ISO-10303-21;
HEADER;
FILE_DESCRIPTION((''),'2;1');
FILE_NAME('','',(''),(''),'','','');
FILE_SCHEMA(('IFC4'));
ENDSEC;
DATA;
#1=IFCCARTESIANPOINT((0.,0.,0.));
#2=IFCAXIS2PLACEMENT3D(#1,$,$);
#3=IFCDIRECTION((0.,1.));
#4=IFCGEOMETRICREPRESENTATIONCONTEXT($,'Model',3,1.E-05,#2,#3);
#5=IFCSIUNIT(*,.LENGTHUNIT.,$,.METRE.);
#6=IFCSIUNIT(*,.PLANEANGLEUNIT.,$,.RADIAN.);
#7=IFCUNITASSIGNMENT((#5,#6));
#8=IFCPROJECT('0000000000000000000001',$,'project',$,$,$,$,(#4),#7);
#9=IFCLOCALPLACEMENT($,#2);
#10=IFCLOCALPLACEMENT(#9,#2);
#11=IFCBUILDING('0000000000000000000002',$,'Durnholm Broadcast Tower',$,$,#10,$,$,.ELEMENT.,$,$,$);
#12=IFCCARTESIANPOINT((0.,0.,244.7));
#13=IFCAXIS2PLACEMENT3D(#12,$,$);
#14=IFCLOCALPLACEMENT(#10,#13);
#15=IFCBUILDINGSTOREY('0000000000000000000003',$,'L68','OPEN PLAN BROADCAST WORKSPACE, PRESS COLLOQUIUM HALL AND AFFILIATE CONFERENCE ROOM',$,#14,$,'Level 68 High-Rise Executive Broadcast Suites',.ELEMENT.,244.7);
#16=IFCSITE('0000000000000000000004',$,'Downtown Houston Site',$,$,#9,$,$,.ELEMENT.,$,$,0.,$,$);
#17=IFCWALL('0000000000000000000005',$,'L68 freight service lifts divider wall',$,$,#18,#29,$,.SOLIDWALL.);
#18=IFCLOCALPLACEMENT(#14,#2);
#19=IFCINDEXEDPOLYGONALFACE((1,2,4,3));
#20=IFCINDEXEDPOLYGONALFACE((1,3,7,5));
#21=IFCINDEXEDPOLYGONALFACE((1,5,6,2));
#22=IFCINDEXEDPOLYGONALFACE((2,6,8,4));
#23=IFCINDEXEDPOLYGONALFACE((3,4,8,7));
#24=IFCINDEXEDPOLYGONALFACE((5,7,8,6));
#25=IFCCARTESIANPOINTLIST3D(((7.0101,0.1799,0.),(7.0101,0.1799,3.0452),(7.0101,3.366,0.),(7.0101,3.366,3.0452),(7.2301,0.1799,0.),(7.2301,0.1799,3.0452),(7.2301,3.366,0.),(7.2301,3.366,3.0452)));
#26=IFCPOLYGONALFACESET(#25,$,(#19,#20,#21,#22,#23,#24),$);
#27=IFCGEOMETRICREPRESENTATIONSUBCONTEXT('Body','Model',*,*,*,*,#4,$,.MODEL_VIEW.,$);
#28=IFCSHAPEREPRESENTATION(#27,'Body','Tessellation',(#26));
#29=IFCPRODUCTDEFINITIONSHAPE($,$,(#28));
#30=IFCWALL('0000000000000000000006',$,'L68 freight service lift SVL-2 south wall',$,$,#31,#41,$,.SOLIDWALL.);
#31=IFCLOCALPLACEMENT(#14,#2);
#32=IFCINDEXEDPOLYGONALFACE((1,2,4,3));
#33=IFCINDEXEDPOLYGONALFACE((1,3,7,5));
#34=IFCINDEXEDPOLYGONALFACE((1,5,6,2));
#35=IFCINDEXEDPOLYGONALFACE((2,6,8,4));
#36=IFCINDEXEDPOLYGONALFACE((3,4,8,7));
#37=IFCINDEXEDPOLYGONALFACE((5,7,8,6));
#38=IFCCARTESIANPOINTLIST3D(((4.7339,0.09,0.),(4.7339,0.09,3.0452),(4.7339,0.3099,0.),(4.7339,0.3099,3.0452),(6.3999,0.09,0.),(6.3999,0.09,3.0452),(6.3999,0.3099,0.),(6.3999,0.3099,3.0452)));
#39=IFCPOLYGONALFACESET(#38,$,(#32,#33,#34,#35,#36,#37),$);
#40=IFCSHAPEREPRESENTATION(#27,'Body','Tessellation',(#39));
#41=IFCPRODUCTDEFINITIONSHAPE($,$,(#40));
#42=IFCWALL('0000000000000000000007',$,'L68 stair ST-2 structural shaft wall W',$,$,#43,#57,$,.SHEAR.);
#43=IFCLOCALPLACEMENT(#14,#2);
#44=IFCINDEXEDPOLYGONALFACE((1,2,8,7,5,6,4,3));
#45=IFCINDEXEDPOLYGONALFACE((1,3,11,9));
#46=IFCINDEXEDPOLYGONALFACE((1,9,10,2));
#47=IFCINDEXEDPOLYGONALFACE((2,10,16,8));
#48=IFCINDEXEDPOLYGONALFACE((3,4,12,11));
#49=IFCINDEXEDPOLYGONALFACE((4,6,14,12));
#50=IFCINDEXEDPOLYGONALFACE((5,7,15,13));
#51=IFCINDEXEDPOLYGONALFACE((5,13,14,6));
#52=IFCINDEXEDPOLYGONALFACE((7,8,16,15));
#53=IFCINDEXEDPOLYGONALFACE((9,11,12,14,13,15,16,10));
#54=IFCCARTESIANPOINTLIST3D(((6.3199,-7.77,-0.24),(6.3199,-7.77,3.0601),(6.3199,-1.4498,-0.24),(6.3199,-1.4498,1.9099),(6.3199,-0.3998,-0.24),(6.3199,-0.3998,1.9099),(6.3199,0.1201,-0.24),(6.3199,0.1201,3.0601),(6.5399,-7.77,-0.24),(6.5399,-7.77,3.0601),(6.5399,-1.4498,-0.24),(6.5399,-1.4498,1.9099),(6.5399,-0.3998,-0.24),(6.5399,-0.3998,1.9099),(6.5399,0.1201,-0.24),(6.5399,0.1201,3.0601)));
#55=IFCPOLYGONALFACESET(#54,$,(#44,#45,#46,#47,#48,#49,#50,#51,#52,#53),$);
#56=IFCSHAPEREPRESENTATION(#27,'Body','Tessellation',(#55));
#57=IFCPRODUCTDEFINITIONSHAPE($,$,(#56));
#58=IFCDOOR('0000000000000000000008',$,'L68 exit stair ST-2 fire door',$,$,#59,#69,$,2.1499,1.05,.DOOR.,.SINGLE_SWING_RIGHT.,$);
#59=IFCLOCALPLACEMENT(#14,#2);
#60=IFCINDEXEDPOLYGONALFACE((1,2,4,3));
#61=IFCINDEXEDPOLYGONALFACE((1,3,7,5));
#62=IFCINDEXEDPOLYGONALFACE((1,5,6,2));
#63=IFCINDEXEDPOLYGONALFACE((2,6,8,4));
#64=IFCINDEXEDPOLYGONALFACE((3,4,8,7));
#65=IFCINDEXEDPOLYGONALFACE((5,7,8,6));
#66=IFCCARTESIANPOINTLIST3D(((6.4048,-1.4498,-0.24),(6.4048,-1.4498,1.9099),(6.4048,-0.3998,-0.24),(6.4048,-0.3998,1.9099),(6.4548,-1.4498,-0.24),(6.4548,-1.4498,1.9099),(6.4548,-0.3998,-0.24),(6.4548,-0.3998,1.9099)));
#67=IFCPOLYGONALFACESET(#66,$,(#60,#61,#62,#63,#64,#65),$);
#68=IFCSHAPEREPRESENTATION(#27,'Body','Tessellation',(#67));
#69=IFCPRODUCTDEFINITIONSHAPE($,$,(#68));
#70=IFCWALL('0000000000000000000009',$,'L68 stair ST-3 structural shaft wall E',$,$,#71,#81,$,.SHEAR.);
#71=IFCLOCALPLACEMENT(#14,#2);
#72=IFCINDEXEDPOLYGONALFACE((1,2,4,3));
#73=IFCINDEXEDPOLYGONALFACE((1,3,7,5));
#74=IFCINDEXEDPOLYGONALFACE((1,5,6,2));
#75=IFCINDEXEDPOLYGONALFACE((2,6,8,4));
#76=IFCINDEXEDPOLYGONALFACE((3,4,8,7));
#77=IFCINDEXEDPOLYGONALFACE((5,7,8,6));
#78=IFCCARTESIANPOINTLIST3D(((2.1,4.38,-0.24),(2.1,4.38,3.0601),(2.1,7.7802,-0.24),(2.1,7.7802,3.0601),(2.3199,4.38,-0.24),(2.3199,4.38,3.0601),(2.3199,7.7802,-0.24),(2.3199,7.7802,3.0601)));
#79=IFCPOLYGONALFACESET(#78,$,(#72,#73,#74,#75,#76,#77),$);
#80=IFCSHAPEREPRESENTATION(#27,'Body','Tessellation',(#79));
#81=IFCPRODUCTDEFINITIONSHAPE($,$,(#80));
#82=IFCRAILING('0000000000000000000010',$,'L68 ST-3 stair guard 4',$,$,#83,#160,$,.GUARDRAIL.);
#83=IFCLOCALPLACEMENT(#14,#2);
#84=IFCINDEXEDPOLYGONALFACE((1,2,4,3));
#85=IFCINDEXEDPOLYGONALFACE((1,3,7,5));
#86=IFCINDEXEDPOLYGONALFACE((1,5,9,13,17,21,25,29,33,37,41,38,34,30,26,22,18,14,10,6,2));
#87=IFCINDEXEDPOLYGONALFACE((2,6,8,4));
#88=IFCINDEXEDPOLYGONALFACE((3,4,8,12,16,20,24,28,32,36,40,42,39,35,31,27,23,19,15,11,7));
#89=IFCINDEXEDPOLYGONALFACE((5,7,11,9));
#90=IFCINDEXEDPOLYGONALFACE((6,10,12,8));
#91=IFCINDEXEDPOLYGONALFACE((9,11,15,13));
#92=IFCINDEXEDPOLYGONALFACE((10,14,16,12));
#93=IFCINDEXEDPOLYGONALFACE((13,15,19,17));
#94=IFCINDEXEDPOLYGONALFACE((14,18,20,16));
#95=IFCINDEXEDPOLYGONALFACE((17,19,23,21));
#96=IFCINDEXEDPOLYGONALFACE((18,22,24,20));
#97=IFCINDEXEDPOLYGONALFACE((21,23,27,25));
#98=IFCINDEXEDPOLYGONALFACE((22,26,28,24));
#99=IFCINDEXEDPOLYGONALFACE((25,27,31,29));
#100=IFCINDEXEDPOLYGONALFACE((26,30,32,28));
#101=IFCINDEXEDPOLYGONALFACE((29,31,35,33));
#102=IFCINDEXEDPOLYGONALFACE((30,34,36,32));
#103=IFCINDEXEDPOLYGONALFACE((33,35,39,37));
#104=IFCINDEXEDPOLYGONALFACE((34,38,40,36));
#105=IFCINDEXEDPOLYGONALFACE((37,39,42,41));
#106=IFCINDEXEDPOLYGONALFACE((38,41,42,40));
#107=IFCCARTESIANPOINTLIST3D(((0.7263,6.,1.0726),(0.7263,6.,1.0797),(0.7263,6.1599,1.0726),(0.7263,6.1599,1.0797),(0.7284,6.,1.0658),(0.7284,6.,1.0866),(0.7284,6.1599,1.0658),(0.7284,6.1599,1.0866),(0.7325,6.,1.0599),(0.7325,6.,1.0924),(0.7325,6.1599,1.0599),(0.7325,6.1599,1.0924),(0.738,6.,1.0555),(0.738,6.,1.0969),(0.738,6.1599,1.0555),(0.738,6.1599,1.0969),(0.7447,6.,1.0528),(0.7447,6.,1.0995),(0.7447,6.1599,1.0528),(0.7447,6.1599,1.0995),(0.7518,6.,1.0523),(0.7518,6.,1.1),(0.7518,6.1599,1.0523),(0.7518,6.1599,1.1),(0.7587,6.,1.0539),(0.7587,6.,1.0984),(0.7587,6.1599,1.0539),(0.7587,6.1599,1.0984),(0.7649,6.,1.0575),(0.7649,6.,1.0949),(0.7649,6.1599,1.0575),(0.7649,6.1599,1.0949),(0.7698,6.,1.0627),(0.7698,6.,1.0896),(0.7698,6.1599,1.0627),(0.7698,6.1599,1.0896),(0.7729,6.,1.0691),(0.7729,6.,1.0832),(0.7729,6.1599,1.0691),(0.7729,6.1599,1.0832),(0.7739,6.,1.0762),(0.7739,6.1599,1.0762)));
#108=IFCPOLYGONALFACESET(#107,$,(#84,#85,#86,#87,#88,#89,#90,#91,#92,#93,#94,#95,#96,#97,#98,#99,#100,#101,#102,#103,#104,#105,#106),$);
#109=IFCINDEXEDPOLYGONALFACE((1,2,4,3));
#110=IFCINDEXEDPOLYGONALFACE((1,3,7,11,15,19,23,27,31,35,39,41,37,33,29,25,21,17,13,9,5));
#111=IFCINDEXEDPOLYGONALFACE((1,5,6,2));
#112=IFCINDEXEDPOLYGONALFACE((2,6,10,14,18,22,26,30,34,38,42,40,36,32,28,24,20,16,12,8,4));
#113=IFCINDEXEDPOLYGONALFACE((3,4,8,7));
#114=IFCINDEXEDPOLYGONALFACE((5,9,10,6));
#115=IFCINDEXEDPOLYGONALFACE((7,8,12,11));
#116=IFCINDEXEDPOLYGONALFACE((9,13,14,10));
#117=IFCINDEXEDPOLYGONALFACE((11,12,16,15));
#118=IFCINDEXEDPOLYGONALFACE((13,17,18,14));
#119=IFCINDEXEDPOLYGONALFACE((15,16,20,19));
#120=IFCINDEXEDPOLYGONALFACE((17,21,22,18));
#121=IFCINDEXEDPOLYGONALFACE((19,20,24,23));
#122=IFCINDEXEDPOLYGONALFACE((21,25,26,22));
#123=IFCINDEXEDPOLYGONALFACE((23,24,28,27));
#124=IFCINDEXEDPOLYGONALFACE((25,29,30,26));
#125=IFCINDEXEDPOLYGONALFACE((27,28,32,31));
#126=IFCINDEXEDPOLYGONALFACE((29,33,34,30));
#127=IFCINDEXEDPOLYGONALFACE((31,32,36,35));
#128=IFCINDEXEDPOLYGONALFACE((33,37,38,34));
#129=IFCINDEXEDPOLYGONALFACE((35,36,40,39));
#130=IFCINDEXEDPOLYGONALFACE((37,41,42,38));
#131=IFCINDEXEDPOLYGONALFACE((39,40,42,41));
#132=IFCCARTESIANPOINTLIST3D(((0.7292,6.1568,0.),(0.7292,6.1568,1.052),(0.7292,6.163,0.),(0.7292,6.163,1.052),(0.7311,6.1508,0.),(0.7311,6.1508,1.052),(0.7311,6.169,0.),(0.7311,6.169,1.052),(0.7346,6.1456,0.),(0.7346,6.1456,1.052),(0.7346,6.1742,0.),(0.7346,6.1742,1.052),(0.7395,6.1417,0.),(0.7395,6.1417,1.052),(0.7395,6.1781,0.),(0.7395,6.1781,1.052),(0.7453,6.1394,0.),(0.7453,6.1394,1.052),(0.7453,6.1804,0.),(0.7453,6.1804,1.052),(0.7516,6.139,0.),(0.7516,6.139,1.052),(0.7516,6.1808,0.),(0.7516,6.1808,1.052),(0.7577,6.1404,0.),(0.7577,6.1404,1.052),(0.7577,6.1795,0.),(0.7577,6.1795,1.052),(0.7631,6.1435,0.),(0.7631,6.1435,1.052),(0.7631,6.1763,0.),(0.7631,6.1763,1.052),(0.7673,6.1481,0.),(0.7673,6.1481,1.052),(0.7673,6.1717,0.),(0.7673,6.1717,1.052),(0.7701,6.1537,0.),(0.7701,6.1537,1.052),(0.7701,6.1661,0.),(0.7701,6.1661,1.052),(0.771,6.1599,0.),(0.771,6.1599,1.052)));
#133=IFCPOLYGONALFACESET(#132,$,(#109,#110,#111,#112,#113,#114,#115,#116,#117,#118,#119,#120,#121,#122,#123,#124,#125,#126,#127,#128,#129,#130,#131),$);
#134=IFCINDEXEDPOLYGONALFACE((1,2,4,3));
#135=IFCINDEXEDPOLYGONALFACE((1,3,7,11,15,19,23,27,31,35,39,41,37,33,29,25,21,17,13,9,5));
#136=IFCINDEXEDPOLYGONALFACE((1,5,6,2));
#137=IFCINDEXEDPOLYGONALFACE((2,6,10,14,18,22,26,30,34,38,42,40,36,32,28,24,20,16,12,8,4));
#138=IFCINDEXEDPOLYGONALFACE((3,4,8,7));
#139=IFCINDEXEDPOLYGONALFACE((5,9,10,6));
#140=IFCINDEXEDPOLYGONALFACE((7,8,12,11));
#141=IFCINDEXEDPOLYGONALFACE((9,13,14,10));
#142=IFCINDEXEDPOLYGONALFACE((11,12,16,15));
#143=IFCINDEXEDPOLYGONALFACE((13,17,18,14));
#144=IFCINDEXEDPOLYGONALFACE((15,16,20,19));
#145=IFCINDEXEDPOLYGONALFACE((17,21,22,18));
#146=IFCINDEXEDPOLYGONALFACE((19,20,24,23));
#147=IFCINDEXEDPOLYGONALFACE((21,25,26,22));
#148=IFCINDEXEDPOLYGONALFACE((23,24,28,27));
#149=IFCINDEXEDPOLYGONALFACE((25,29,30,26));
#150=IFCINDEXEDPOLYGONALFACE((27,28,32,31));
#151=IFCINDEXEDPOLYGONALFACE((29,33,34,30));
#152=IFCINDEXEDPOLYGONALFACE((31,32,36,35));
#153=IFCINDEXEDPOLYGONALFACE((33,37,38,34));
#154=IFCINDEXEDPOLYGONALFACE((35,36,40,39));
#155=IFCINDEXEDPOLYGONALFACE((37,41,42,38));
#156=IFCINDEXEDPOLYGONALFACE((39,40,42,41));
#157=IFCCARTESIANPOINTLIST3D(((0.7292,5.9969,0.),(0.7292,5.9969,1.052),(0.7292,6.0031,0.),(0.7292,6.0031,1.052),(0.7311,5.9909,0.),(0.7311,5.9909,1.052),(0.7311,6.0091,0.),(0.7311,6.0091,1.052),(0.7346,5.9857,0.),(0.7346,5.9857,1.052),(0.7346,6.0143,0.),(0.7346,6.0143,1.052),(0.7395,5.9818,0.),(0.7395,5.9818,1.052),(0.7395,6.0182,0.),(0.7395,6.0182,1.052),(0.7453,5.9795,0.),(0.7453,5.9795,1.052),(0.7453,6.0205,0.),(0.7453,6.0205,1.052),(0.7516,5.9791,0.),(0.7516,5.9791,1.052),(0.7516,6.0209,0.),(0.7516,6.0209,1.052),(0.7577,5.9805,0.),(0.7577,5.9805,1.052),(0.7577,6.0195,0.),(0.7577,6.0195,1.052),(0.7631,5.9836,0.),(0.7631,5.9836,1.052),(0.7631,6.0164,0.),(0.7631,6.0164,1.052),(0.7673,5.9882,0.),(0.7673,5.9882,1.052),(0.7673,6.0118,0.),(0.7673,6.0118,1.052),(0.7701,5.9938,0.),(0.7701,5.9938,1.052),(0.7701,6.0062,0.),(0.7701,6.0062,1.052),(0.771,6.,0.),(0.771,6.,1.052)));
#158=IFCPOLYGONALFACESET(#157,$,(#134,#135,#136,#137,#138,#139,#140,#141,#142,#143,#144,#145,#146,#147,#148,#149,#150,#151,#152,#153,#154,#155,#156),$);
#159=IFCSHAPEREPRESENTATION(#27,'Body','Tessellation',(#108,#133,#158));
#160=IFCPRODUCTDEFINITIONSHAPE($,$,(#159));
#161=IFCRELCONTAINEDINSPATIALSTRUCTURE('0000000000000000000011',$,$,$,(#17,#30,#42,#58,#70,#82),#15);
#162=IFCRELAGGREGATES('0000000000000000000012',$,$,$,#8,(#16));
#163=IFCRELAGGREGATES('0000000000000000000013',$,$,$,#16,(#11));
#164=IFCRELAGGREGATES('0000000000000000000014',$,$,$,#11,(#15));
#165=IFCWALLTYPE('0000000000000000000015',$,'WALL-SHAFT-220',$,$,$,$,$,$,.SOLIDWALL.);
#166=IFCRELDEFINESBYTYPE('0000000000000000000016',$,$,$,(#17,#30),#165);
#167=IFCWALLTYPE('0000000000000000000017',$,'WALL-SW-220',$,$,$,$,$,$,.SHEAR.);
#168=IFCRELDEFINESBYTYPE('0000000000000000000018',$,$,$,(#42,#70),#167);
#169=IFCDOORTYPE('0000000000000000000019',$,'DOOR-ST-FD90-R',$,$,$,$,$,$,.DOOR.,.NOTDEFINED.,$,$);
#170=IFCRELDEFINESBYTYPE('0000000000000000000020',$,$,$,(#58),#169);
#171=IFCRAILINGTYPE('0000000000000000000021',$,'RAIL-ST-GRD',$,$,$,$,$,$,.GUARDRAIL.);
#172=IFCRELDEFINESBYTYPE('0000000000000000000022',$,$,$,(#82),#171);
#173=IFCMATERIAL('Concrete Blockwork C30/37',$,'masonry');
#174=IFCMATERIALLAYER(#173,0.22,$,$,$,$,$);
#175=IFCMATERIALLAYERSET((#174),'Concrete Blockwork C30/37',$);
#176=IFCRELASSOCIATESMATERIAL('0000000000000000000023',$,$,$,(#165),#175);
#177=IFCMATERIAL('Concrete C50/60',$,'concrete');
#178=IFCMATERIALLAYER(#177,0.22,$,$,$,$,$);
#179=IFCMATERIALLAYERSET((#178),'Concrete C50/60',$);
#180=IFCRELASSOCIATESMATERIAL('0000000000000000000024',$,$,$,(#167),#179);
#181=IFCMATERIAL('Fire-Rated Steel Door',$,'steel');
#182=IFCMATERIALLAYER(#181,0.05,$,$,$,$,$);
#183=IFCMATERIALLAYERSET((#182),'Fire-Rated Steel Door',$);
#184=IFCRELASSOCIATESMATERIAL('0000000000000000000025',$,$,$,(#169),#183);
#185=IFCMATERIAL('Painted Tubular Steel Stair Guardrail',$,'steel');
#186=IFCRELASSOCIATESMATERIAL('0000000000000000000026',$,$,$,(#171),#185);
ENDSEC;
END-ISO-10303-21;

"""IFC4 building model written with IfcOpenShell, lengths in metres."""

from ifc_helpers import new_model, si_unit, direction, frame, frame_2d, origin, origin_2d, place, context, subcontext, project, spatial, rectangle, circle, extrude, source, transform, mapped, material, layer, layer_set, type_object, type_shapes, element, fill, save


model = new_model("IFC4")

# Units and contexts
model_context = context("Model", 3, precision=1e-05, world=origin(), true_north=direction((0.0, 1.0)))
body_context = subcontext(model_context, "Body", "Model", "MODEL_VIEW")
ifc_project = project(units=[si_unit("LENGTHUNIT", "METRE"), si_unit("PLANEANGLEUNIT", "RADIAN")], contexts=[model_context])

# Site, building, storey
site_placement = place(None, origin())
site = spatial("IfcSite", under=ifc_project, at=site_placement, Name="Downtown Houston Site", CompositionType="ELEMENT", RefElevation=0.0)
building_placement = place(site_placement, origin())
building = spatial("IfcBuilding", under=site, at=building_placement, Name="Durnholm Broadcast Tower", CompositionType="ELEMENT")
storey_placement = place(building_placement, frame((0.0, 0.0, 244.7)))
storey = spatial("IfcBuildingStorey", under=building, at=storey_placement, Name="L68", Description="OPEN PLAN BROADCAST WORKSPACE, PRESS COLLOQUIUM HALL AND AFFILIATE CONFERENCE ROOM", LongName="Level 68 High-Rise Executive Broadcast Suites", CompositionType="ELEMENT", Elevation=244.7)

# Shared definitions
ifc_material_1 = material(Name="Concrete C50/60", Category="concrete")

# Shared definitions
ifc_material_2 = material(Name="Concrete Blockwork C30/37", Category="masonry")
ifc_layer_1 = layer(ifc_material_2, 0.22)
ifc_layer_set_1 = layer_set([ifc_layer_1], Name="Concrete Blockwork C30/37")
wall_type_1 = type_object("IfcWallType", Name="WALL-SHAFT-220", PredefinedType="SOLIDWALL", material=ifc_layer_set_1)

# Walls
for number, where, z_axis, x_axis, name in (
    (1, (7.1201, 0.1799, 0.0), (0.0, 0.0, 1.0), (0.0, 1.0, 0.0), "L68 freight service lifts divider wall"),
):
    element("IfcWall", number, at=place(storey_placement, frame(where, z_axis=z_axis, x_axis=x_axis)), inside=storey, type_object=wall_type_1, Name=name, PredefinedType="SOLIDWALL", context=body_context, shape_type="SweptSolid", body=[
        extrude(rectangle(XDim=3.186, YDim=0.22, at=frame_2d((1.593, 0.0))), origin(), (0.0, 0.0, 1.0), 3.0452),
    ])
wall_1_placement = place(storey_placement, frame((4.7339, 0.2, 0.0), z_axis=(0.0, 0.0, 1.0), x_axis=(1.0, 0.0, 0.0)))
element("IfcWall", 2, at=wall_1_placement, inside=storey, type_object=wall_type_1, Name="L68 freight service lift SVL-2 south wall", PredefinedType="SOLIDWALL", context=body_context, shape_type="SweptSolid", body=[
    extrude(rectangle(XDim=1.666, YDim=0.22, at=frame_2d((0.833, 0.0))), origin(), (0.0, 0.0, 1.0), 3.0452),
])

# Wall, opening, door
ifc_layer_2 = layer(ifc_material_1, 0.22)
ifc_layer_set_2 = layer_set([ifc_layer_2], Name="Concrete C50/60")
wall_type_2 = type_object("IfcWallType", Name="WALL-SW-220", PredefinedType="SHEAR", material=ifc_layer_set_2)
wall_2_placement = place(storey_placement, frame((6.4299, 0.1201, -0.24), z_axis=(0.0, 0.0, 1.0), x_axis=(0.0, -1.0, 0.0)))
wall_2 = element("IfcWall", 3, at=wall_2_placement, inside=storey, type_object=wall_type_2, Name="L68 stair ST-2 structural shaft wall W", PredefinedType="SHEAR", context=body_context, shape_type="SweptSolid", body=[
    extrude(rectangle(XDim=7.8901, YDim=0.22, at=frame_2d((3.9451, 0.0))), origin(), (0.0, 0.0, 1.0), 3.3),
])
opening_1_placement = place(wall_2_placement, frame((0.52, 0.0, 0.0)))
opening_1 = element("IfcOpeningElement", 4, at=opening_1_placement, cuts=wall_2, PredefinedType="OPENING", context=body_context, shape_type="SweptSolid", body=[
    extrude(rectangle(XDim=1.05, YDim=2.1499, at=frame_2d((0.5249, 1.075))), frame((0.0, 0.1201, 0.0), z_axis=(0.0, -1.0, 0.0), x_axis=(1.0, 0.0, 0.0)), (0.0, 0.0, 1.0), 0.24),
])
ifc_material_3 = material(Name="Fire-Rated Steel Door", Category="steel")
ifc_layer_3 = layer(ifc_material_3, 0.05)
ifc_layer_set_3 = layer_set([ifc_layer_3], Name="Fire-Rated Steel Door")
door_type_1 = type_object("IfcDoorType", Name="DOOR-ST-FD90-R", OperationType="NOTDEFINED", PredefinedType="DOOR", material=ifc_layer_set_3)
shared_shape_1 = source(origin(), body_context, "Body", "SweptSolid", [
    extrude(rectangle(XDim=1.05, YDim=2.1499, at=frame_2d((0.5249, 1.075))), frame((0.0, 0.0249, 0.0), z_axis=(0.0, -1.0, 0.0), x_axis=(1.0, 0.0, 0.0)), (0.0, 0.0, 1.0), 0.05),
])
type_shapes(door_type_1, [shared_shape_1])
door_1_placement = place(opening_1_placement, origin())
door_1 = element("IfcDoor", 5, at=door_1_placement, inside=storey, type_object=door_type_1, Name="L68 exit stair ST-2 fire door", OperationType="SINGLE_SWING_RIGHT", OverallHeight=2.1499, OverallWidth=1.05, PredefinedType="DOOR", context=body_context, shape_type="MappedRepresentation", body=[
    mapped(shared_shape_1, transform((0.0, 0.0, 0.0), x_axis=(1.0, 0.0, 0.0), y_axis=(0.0, 1.0, 0.0), z_axis=(0.0, 0.0, 1.0), scale=1.0)),
])
fill(opening_1, door_1)

# Wall
wall_3_placement = place(storey_placement, frame((2.21, 4.3799, -0.24), z_axis=(0.0, 0.0, 1.0), x_axis=(0.0, 1.0, 0.0)))
element("IfcWall", 6, at=wall_3_placement, inside=storey, type_object=wall_type_2, Name="L68 stair ST-3 structural shaft wall E", PredefinedType="SHEAR", context=body_context, shape_type="SweptSolid", body=[
    extrude(rectangle(XDim=3.4001, YDim=0.22, at=frame_2d((1.7002, 0.0))), origin(), (0.0, 0.0, 1.0), 3.3),
])

# Railing
ifc_material_4 = material(Name="Painted Tubular Steel Stair Guardrail", Category="steel")
railing_type = type_object("IfcRailingType", Name="RAIL-ST-GRD", PredefinedType="GUARDRAIL", material=ifc_material_4)
railing_placement = place(storey_placement, frame((0.75, 6.1599, 0.0)))
element("IfcRailing", 7, at=railing_placement, inside=storey, type_object=railing_type, Name="L68 ST-3 stair guard 4", PredefinedType="GUARDRAIL", context=body_context, shape_type="SweptSolid", body=[
    extrude(circle(Radius=0.0239, at=origin_2d()), frame((0.0, 0.0, 1.0762), z_axis=(0.0, -1.0, 0.0), x_axis=(1.0, 0.0, 0.0)), (0.0, 0.0, 1.0), 0.1599),
    extrude(circle(Radius=0.021, at=origin_2d()), origin(), (0.0, 0.0, 1.0), 1.052),
    extrude(circle(Radius=0.021, at=origin_2d()), frame((0.0, -0.1599, 0.0)), (0.0, 0.0, 1.0), 1.052),
])

save(model, "model.ifc")
